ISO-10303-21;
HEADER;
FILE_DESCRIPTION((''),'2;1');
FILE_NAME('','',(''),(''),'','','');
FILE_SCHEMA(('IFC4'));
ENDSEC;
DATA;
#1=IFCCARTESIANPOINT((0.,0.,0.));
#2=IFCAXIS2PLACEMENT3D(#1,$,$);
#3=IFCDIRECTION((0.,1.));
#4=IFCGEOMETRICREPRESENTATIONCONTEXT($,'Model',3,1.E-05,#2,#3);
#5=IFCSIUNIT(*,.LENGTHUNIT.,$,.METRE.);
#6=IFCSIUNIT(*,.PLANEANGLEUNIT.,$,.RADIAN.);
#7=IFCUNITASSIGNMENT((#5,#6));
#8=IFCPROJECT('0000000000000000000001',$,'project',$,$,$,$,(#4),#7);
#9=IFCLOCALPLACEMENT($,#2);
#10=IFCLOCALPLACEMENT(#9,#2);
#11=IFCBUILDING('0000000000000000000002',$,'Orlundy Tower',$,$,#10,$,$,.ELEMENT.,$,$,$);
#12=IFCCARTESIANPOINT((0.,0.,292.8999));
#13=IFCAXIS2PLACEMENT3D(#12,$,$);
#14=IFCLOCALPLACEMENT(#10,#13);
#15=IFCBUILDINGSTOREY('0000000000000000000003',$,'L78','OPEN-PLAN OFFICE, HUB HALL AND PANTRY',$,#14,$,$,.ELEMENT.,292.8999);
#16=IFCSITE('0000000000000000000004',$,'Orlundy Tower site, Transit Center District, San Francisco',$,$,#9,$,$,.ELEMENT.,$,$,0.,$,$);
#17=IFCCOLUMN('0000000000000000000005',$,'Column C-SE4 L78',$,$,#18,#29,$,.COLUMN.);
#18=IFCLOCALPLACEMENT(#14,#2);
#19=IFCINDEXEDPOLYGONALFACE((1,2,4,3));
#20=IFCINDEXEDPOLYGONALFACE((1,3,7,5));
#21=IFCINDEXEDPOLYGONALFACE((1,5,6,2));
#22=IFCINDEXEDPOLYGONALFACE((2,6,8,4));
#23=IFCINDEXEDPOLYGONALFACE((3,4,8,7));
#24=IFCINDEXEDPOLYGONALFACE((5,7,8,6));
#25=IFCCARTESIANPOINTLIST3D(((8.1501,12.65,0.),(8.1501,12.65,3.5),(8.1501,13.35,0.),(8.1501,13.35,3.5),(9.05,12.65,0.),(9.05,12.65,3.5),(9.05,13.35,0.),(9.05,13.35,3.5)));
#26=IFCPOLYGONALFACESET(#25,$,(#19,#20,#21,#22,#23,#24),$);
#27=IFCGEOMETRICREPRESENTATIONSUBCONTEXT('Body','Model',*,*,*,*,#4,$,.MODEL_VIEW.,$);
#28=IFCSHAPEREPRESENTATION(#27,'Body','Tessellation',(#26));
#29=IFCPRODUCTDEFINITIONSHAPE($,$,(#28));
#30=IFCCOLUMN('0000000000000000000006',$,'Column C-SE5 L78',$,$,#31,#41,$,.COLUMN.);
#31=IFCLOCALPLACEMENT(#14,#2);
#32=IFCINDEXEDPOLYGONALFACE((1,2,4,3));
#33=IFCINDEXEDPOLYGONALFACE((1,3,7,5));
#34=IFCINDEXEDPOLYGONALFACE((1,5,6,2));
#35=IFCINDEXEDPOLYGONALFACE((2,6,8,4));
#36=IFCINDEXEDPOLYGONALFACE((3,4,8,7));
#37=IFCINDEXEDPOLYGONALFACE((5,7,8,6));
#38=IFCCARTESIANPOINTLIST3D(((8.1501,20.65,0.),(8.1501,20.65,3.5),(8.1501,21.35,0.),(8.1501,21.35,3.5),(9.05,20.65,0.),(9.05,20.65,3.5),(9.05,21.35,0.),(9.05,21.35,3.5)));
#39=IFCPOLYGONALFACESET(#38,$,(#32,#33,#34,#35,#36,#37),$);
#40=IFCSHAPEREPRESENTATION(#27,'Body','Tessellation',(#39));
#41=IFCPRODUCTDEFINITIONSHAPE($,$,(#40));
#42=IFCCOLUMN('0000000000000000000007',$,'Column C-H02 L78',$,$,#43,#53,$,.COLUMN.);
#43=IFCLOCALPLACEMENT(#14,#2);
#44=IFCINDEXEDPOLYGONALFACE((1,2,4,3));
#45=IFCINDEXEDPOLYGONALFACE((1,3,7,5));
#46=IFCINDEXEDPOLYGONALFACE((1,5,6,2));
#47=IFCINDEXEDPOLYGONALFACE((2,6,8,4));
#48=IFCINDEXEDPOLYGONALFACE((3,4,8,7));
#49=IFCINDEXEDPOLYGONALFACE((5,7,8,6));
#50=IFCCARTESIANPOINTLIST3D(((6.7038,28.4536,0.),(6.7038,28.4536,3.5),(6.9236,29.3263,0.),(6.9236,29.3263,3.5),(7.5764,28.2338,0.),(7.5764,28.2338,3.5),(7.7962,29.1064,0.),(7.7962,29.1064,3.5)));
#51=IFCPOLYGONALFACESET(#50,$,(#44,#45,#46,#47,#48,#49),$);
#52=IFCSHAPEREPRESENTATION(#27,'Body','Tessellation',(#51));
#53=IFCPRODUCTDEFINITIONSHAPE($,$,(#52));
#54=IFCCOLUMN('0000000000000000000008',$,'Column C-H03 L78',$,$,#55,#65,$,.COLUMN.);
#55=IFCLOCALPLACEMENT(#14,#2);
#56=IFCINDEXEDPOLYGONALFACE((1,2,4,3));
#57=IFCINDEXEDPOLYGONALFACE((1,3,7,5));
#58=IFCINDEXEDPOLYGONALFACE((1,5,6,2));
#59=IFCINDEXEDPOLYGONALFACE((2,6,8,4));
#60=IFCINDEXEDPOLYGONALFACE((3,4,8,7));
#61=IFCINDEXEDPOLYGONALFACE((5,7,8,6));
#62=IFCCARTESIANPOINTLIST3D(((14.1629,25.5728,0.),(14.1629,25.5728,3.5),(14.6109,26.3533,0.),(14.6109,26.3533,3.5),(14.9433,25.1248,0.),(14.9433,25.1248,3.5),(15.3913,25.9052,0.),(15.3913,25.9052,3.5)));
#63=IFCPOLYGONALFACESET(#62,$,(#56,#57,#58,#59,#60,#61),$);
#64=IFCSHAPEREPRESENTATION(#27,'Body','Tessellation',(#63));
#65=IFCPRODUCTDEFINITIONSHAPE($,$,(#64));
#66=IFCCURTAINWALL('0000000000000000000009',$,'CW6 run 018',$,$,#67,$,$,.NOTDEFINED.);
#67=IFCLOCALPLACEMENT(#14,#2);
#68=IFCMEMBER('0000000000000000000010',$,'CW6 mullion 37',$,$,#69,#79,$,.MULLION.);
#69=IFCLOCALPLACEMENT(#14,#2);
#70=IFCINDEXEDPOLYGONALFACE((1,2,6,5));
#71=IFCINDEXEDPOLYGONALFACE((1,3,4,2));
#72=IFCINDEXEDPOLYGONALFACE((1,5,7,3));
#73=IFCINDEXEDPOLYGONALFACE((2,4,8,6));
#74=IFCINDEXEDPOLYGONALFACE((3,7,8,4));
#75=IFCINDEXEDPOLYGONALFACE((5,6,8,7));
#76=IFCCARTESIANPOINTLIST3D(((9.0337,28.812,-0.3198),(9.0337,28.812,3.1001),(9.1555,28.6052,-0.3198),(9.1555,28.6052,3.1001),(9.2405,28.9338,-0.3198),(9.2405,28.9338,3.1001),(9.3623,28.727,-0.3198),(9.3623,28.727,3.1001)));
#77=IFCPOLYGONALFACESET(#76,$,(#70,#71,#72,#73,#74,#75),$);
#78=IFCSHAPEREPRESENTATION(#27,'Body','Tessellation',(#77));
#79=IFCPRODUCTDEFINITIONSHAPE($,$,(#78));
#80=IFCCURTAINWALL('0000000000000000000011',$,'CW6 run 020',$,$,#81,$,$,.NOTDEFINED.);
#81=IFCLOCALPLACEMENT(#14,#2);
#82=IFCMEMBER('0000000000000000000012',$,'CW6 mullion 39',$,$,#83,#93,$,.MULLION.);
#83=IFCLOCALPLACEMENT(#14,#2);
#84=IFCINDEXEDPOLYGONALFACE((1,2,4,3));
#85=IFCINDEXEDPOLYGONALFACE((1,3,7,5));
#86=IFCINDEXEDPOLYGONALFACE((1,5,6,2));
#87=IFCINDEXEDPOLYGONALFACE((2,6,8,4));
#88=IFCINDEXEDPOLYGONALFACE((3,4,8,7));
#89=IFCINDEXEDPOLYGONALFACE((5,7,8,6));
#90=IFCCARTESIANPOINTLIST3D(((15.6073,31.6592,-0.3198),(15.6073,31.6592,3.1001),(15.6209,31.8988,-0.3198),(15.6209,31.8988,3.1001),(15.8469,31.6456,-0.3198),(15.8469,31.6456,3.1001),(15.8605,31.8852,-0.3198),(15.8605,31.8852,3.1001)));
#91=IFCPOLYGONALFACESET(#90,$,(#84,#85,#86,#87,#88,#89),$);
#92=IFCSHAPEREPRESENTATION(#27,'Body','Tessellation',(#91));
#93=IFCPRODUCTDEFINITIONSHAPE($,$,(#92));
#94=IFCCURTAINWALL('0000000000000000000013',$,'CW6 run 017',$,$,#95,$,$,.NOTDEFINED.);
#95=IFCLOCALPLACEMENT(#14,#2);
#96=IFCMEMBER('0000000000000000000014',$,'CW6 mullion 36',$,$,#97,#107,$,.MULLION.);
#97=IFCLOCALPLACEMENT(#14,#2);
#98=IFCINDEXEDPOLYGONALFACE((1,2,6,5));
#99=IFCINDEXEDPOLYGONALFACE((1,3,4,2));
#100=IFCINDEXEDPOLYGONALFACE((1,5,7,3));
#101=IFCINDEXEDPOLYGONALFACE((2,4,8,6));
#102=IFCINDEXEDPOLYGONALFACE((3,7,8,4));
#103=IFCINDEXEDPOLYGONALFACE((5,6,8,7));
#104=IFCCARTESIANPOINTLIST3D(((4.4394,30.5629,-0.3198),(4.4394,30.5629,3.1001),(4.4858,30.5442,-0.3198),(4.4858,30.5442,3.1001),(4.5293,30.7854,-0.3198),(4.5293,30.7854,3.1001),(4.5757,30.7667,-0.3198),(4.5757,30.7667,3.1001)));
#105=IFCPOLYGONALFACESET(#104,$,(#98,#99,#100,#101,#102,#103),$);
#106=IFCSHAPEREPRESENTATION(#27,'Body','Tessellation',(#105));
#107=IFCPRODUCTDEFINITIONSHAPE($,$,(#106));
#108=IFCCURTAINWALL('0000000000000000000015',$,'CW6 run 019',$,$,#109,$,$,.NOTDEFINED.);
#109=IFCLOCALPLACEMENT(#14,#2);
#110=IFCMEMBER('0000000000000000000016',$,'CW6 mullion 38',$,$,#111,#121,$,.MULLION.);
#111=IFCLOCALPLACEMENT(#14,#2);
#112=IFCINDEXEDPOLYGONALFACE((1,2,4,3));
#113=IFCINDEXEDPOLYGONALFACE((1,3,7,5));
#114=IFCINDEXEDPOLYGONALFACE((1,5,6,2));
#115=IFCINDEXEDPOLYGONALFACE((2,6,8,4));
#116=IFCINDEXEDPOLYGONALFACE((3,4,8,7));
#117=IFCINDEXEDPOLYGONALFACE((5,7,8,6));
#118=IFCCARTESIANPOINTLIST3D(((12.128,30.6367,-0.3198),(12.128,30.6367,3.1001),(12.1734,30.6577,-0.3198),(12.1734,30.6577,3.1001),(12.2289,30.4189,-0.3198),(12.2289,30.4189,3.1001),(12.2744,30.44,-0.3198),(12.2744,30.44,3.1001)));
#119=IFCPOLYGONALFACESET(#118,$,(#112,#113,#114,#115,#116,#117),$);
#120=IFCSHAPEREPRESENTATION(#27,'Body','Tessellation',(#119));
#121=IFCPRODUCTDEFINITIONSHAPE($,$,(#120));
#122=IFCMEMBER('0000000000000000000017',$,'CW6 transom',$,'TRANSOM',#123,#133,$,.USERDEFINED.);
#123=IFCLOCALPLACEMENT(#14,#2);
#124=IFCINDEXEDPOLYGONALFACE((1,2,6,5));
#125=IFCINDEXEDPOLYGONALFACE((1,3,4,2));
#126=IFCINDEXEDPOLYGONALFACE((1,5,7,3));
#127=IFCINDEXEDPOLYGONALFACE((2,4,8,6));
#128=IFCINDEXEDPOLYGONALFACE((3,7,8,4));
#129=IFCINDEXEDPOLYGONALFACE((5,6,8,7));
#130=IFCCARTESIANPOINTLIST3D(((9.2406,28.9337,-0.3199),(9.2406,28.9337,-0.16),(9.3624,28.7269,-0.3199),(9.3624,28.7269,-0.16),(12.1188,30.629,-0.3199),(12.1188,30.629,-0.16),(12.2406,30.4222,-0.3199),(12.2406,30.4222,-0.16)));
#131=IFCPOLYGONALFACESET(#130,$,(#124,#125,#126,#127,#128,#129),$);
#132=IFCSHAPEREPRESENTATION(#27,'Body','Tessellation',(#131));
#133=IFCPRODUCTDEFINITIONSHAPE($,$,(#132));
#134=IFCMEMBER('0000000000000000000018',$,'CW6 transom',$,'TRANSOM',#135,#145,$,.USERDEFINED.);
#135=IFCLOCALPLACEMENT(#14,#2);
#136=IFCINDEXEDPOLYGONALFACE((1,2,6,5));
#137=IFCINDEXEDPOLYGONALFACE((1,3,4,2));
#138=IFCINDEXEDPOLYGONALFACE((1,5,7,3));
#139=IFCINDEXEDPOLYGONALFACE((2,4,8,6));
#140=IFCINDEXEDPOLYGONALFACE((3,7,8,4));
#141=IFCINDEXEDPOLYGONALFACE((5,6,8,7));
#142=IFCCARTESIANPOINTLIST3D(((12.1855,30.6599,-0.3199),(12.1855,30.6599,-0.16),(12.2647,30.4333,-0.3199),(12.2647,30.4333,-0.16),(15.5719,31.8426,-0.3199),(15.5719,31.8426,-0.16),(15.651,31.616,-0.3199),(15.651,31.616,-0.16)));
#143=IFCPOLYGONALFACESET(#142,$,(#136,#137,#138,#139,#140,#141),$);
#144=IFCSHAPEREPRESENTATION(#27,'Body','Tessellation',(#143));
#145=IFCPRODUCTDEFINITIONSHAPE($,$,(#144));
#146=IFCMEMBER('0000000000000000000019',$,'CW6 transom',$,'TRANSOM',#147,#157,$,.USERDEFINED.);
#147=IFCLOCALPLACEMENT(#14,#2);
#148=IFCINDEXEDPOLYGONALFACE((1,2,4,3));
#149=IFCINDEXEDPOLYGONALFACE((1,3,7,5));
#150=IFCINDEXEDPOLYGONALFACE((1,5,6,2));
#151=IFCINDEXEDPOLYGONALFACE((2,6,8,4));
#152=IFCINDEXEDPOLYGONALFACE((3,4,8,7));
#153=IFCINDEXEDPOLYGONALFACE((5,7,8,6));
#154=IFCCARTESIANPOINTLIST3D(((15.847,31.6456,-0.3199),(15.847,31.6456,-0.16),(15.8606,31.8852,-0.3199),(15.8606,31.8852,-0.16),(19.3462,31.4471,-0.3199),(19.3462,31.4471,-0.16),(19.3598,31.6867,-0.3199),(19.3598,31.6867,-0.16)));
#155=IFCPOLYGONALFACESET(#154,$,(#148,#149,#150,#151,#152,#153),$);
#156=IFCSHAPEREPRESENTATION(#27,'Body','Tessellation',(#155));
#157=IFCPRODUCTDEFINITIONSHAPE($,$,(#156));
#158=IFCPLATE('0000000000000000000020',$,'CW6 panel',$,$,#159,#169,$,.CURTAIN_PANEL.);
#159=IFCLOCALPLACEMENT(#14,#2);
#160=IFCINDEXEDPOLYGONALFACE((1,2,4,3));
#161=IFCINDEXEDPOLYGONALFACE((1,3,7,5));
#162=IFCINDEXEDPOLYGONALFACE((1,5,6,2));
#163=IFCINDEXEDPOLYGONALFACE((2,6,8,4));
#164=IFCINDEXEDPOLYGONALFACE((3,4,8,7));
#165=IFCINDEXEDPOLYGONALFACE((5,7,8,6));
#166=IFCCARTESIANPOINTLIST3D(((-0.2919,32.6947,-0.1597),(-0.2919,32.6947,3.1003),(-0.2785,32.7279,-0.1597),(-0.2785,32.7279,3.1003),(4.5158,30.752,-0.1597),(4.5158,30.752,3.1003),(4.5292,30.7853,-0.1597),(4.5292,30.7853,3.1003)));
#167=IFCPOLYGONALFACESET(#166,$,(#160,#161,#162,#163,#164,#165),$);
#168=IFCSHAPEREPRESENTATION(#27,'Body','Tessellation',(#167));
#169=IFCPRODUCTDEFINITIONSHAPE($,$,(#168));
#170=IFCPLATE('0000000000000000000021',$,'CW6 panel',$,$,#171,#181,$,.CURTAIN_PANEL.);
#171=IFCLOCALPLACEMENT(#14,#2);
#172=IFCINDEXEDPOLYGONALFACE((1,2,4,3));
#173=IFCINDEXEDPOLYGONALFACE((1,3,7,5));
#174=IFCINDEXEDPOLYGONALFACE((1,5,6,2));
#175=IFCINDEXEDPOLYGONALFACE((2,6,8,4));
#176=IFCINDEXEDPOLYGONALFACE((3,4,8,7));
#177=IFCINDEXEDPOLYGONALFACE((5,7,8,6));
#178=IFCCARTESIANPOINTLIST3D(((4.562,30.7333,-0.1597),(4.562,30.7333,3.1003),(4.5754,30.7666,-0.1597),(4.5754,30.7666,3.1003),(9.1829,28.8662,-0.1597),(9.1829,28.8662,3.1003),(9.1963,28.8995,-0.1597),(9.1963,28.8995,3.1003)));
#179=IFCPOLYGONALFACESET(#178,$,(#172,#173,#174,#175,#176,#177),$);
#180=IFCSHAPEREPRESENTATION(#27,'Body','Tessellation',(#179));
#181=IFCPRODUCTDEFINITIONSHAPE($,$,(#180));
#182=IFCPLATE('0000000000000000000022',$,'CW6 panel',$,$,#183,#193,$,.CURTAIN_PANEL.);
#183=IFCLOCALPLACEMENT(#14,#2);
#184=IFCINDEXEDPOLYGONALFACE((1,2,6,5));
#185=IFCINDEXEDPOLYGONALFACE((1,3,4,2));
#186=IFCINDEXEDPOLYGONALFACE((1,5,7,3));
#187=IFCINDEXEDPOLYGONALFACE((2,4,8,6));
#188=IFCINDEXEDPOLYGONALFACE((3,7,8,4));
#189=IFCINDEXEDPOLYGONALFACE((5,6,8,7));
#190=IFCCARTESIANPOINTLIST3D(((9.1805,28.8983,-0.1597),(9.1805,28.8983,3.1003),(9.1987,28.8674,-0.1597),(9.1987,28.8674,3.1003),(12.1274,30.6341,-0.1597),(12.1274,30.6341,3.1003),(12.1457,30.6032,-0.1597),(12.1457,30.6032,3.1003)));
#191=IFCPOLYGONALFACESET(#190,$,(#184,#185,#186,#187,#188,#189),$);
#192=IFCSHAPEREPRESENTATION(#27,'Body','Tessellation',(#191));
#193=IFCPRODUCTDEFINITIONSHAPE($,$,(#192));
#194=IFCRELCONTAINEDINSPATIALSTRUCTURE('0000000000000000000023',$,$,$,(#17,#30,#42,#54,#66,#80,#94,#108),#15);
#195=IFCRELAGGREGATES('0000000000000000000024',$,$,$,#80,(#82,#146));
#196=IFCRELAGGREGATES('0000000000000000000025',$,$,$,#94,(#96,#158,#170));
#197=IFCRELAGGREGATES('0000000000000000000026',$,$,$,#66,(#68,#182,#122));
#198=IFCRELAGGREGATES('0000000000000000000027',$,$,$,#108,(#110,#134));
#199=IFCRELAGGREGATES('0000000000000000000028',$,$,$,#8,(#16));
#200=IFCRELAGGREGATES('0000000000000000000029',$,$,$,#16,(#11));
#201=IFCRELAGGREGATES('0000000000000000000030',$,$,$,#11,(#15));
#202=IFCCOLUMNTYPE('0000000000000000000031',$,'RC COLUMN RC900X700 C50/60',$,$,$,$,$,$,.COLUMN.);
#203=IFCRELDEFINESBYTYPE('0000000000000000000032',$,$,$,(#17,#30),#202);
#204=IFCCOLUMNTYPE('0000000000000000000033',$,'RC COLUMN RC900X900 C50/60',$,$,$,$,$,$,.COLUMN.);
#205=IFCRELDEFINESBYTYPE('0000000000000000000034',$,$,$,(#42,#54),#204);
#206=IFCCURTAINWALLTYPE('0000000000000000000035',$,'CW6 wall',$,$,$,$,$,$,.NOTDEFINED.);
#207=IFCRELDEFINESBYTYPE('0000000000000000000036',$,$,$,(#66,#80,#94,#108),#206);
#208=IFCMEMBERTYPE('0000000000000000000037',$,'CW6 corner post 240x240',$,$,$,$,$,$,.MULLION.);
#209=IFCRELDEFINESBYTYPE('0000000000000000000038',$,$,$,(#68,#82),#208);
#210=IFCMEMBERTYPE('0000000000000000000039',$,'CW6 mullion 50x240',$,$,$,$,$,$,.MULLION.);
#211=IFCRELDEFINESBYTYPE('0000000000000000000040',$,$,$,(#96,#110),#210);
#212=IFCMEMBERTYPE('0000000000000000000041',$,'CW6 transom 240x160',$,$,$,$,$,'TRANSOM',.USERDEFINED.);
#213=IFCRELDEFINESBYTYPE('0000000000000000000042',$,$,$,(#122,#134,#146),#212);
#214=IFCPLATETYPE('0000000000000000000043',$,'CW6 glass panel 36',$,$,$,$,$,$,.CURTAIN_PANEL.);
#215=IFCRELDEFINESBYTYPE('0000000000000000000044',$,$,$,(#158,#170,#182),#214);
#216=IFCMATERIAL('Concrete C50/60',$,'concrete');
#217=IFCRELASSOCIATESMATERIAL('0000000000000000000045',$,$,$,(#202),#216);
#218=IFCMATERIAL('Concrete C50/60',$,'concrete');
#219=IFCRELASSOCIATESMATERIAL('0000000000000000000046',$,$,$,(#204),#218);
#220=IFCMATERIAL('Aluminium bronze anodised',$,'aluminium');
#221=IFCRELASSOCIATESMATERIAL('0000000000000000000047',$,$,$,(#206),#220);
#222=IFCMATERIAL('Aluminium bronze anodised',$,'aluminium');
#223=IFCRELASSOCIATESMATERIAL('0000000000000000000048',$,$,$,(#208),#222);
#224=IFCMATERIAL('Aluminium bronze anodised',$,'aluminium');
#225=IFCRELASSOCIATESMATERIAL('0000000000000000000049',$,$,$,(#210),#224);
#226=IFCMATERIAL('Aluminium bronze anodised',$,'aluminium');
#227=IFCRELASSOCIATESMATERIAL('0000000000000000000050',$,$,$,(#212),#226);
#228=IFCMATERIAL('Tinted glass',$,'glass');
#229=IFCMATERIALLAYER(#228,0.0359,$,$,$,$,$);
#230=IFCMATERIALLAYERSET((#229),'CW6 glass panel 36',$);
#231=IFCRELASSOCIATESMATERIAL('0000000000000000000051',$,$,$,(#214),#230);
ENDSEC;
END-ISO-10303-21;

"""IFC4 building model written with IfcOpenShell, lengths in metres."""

from ifc_helpers import new_model, si_unit, direction, frame, origin, origin_2d, place, context, subcontext, project, spatial, rectangle, extrude, material, layer, layer_set, material_profile, profile_set, type_object, element, aggregate, save


model = new_model("IFC4")

# Units and contexts
model_context = context("Model", 3, precision=1e-05, world=origin(), true_north=direction((0.0, 1.0)))
body_context = subcontext(model_context, "Body", "Model", "MODEL_VIEW")
ifc_project = project(units=[si_unit("LENGTHUNIT", "METRE"), si_unit("PLANEANGLEUNIT", "RADIAN")], contexts=[model_context])

# Site, building, storey
site_placement = place(None, origin())
site = spatial("IfcSite", under=ifc_project, at=site_placement, Name="Orlundy Tower site, Transit Center District, San Francisco", CompositionType="ELEMENT", RefElevation=0.0)
building_placement = place(site_placement, origin())
building = spatial("IfcBuilding", under=site, at=building_placement, Name="Orlundy Tower", CompositionType="ELEMENT")
storey_placement = place(building_placement, frame((0.0, 0.0, 292.8999)))
storey = spatial("IfcBuildingStorey", under=building, at=storey_placement, Name="L78", Description="OPEN-PLAN OFFICE, HUB HALL AND PANTRY", CompositionType="ELEMENT", Elevation=292.8999)

# Columns
ifc_material_1 = material(Name="Concrete C50/60", Category="concrete")
ifc_material_profile_1 = material_profile(ifc_material_1, rectangle(XDim=0.8999, YDim=0.7, at=origin_2d()), Name="RC900X700")
ifc_profile_set_1 = profile_set([ifc_material_profile_1], Name="Concrete C50/60")
column_type_1 = type_object("IfcColumnType", Name="RC COLUMN RC900X700 C50/60", PredefinedType="COLUMN", material=ifc_profile_set_1)
for number, where, z_axis, x_axis, name in (
    (1, (8.6001, 13.0, 0.0), (0.0, 0.0, 1.0), (1.0, 0.0, 0.0), "Column C-SE4 L78"),
    (2, (8.6001, 21.0, 0.0), (0.0, 0.0, 1.0), (1.0, 0.0, 0.0), "Column C-SE5 L78"),
):
    element("IfcColumn", number, at=place(storey_placement, frame(where, z_axis=z_axis, x_axis=x_axis)), inside=storey, type_object=column_type_1, Name=name, PredefinedType="COLUMN", context=body_context, shape_type="SweptSolid", body=[
        extrude(rectangle(XDim=0.8999, YDim=0.7, at=origin_2d()), origin(), (0.0, 0.0, 1.0), 3.5),
    ])
ifc_material_2 = material(Name="Concrete C50/60", Category="concrete")
ifc_material_profile_2 = material_profile(ifc_material_2, rectangle(XDim=0.8999, YDim=0.8999, at=origin_2d()), Name="RC900X900")
ifc_profile_set_2 = profile_set([ifc_material_profile_2], Name="Concrete C50/60")
column_type_2 = type_object("IfcColumnType", Name="RC COLUMN RC900X900 C50/60", PredefinedType="COLUMN", material=ifc_profile_set_2)
for number, where, z_axis, x_axis, name in (
    (3, (7.25, 28.78, 0.0), (0.0, 0.0, 1.0), (0.244275, 0.969706, 0.0), "Column C-H02 L78"),
    (4, (14.7771, 25.739, 0.0), (0.0, 0.0, 1.0), (0.497898, 0.867236, 0.0), "Column C-H03 L78"),
):
    element("IfcColumn", number, at=place(storey_placement, frame(where, z_axis=z_axis, x_axis=x_axis)), inside=storey, type_object=column_type_2, Name=name, PredefinedType="COLUMN", context=body_context, shape_type="SweptSolid", body=[
        extrude(rectangle(XDim=0.8999, YDim=0.8999, at=origin_2d()), origin(), (0.0, 0.0, 1.0), 3.5),
    ])

# Curtain walls, members
ifc_material_3 = material(Name="Aluminium bronze anodised", Category="aluminium")
curtain_wall_type = type_object("IfcCurtainWallType", Name="CW6 wall", PredefinedType="NOTDEFINED", material=ifc_material_3)
curtain_wall_1_placement = place(storey_placement, origin())
curtain_wall_1 = element("IfcCurtainWall", 5, at=curtain_wall_1_placement, inside=storey, type_object=curtain_wall_type, Name="CW6 run 018", PredefinedType="NOTDEFINED")
ifc_material_4 = material(Name="Aluminium bronze anodised", Category="aluminium")
ifc_material_profile_3 = material_profile(ifc_material_4, rectangle(XDim=0.24, YDim=0.24, at=origin_2d()), Name="CW6 corner post 240x240")
ifc_profile_set_3 = profile_set([ifc_material_profile_3], Name="Aluminium bronze anodised")
member_type_1 = type_object("IfcMemberType", Name="CW6 corner post 240x240", PredefinedType="MULLION", material=ifc_profile_set_3)
member_1_placement = place(storey_placement, frame((9.198, 28.7695, -0.3198), z_axis=(0.0, 0.0, 1.0), x_axis=(-0.507527, 0.861636, 0.0)))
member_1 = element("IfcMember", 6, at=member_1_placement, type_object=member_type_1, Name="CW6 mullion 37", PredefinedType="MULLION", context=body_context, shape_type="SweptSolid", body=[
    extrude(rectangle(XDim=0.24, YDim=0.24, at=origin_2d()), origin(), (0.0, 0.0, 1.0), 3.4199),
])
curtain_wall_2_placement = place(storey_placement, origin())
curtain_wall_2 = element("IfcCurtainWall", 7, at=curtain_wall_2_placement, inside=storey, type_object=curtain_wall_type, Name="CW6 run 020", PredefinedType="NOTDEFINED")
member_2_placement = place(storey_placement, frame((15.7339, 31.7722, -0.3198), z_axis=(0.0, 0.0, 1.0), x_axis=(0.05665, 0.998394, 0.0)))
member_2 = element("IfcMember", 8, at=member_2_placement, type_object=member_type_1, Name="CW6 mullion 39", PredefinedType="MULLION", context=body_context, shape_type="SweptSolid", body=[
    extrude(rectangle(XDim=0.24, YDim=0.24, at=origin_2d()), origin(), (0.0, 0.0, 1.0), 3.4199),
])
curtain_wall_3_placement = place(storey_placement, origin())
curtain_wall_3 = element("IfcCurtainWall", 9, at=curtain_wall_3_placement, inside=storey, type_object=curtain_wall_type, Name="CW6 run 017", PredefinedType="NOTDEFINED")
ifc_material_5 = material(Name="Aluminium bronze anodised", Category="aluminium")
ifc_material_profile_4 = material_profile(ifc_material_5, rectangle(XDim=0.24, YDim=0.05, at=origin_2d()), Name="CW6 mullion 50x240")
ifc_profile_set_4 = profile_set([ifc_material_profile_4], Name="Aluminium bronze anodised")
member_type_2 = type_object("IfcMemberType", Name="CW6 mullion 50x240", PredefinedType="MULLION", material=ifc_profile_set_4)
member_3_placement = place(storey_placement, frame((4.5076, 30.6648, -0.3198), z_axis=(0.0, 0.0, 1.0), x_axis=(0.374639, 0.927171, 0.0)))
member_3 = element("IfcMember", 10, at=member_3_placement, type_object=member_type_2, Name="CW6 mullion 36", PredefinedType="MULLION", context=body_context, shape_type="SweptSolid", body=[
    extrude(rectangle(XDim=0.24, YDim=0.05, at=origin_2d()), origin(), (0.0, 0.0, 1.0), 3.4199),
])
curtain_wall_4_placement = place(storey_placement, origin())
curtain_wall_4 = element("IfcCurtainWall", 11, at=curtain_wall_4_placement, inside=storey, type_object=curtain_wall_type, Name="CW6 run 019", PredefinedType="NOTDEFINED")
member_4_placement = place(storey_placement, frame((12.2012, 30.5383, -0.3198), z_axis=(0.0, 0.0, 1.0), x_axis=(-0.420645, 0.907225, 0.0)))
member_4 = element("IfcMember", 12, at=member_4_placement, type_object=member_type_2, Name="CW6 mullion 38", PredefinedType="MULLION", context=body_context, shape_type="SweptSolid", body=[
    extrude(rectangle(XDim=0.24, YDim=0.05, at=origin_2d()), origin(), (0.0, 0.0, 1.0), 3.4199),
])

# Members
ifc_material_6 = material(Name="Aluminium bronze anodised", Category="aluminium")
ifc_material_profile_5 = material_profile(ifc_material_6, rectangle(XDim=0.24, YDim=0.1599, at=origin_2d()), Name="CW6 transom 240x160")
ifc_profile_set_5 = profile_set([ifc_material_profile_5], Name="Aluminium bronze anodised")
member_type_3 = type_object("IfcMemberType", Name="CW6 transom 240x160", ElementType="TRANSOM", PredefinedType="USERDEFINED", material=ifc_profile_set_5)
member_5_placement = place(storey_placement, frame((9.3015, 28.8303, -0.24), z_axis=(0.861637, 0.507525, 0.0), x_axis=(-0.507525, 0.861637, 0.0)))
member_5 = element("IfcMember", 13, at=member_5_placement, type_object=member_type_3, Name="CW6 transom", ObjectType="TRANSOM", PredefinedType="USERDEFINED", context=body_context, shape_type="SweptSolid", body=[
    extrude(rectangle(XDim=0.24, YDim=0.1599, at=origin_2d()), origin(), (0.0, 0.0, 1.0), 3.3403),
])
member_6_placement = place(storey_placement, frame((12.2251, 30.5466, -0.24), z_axis=(0.944081, 0.329714, 0.0), x_axis=(-0.329714, 0.944081, 0.0)))
member_6 = element("IfcMember", 14, at=member_6_placement, type_object=member_type_3, Name="CW6 transom", ObjectType="TRANSOM", PredefinedType="USERDEFINED", context=body_context, shape_type="SweptSolid", body=[
    extrude(rectangle(XDim=0.24, YDim=0.1599, at=origin_2d()), origin(), (0.0, 0.0, 1.0), 3.5869),
])
member_7_placement = place(storey_placement, frame((15.8538, 31.7654, -0.24), z_axis=(0.998395, -0.056631, 0.0), x_axis=(0.056631, 0.998395, 0.0)))
member_7 = element("IfcMember", 15, at=member_7_placement, type_object=member_type_3, Name="CW6 transom", ObjectType="TRANSOM", PredefinedType="USERDEFINED", context=body_context, shape_type="SweptSolid", body=[
    extrude(rectangle(XDim=0.24, YDim=0.1599, at=origin_2d()), origin(), (0.0, 0.0, 1.0), 3.5049),
])
aggregate(curtain_wall_2, [member_2, member_7])

# Plates
ifc_material_7 = material(Name="Tinted glass", Category="glass")
ifc_layer_1 = layer(ifc_material_7, 0.0359)
ifc_layer_set_1 = layer_set([ifc_layer_1], Name="CW6 glass panel 36")
plate_type = type_object("IfcPlateType", Name="CW6 glass panel 36", PredefinedType="CURTAIN_PANEL", material=ifc_layer_set_1)
plate_1_placement = place(storey_placement, frame((2.1187, 31.74, -0.1597), z_axis=(0.0, 0.0, 1.0), x_axis=(0.927171, -0.374639, 0.0)))
plate_1 = element("IfcPlate", 16, at=plate_1_placement, type_object=plate_type, Name="CW6 panel", PredefinedType="CURTAIN_PANEL", context=body_context, shape_type="SweptSolid", body=[
    extrude(rectangle(XDim=5.1853, YDim=0.0359, at=origin_2d()), origin(), (0.0, 0.0, 1.0), 3.26),
])
plate_2_placement = place(storey_placement, frame((6.8792, 29.8164, -0.1597), z_axis=(0.0, 0.0, 1.0), x_axis=(0.927171, -0.374639, 0.0)))
plate_2 = element("IfcPlate", 17, at=plate_2_placement, type_object=plate_type, Name="CW6 panel", PredefinedType="CURTAIN_PANEL", context=body_context, shape_type="SweptSolid", body=[
    extrude(rectangle(XDim=4.9839, YDim=0.0359, at=origin_2d()), origin(), (0.0, 0.0, 1.0), 3.26),
])
aggregate(curtain_wall_3, [member_3, plate_1, plate_2])
plate_3_placement = place(storey_placement, frame((10.6631, 29.7507, -0.1597), z_axis=(0.0, 0.0, 1.0), x_axis=(0.861636, 0.507527, 0.0)))
plate_3 = element("IfcPlate", 18, at=plate_3_placement, type_object=plate_type, Name="CW6 panel", PredefinedType="CURTAIN_PANEL", context=body_context, shape_type="SweptSolid", body=[
    extrude(rectangle(XDim=3.4202, YDim=0.0359, at=origin_2d()), origin(), (0.0, 0.0, 1.0), 3.26),
])
aggregate(curtain_wall_1, [member_1, plate_3, member_5])
aggregate(curtain_wall_4, [member_4, member_6])

save(model, "model.ifc")
